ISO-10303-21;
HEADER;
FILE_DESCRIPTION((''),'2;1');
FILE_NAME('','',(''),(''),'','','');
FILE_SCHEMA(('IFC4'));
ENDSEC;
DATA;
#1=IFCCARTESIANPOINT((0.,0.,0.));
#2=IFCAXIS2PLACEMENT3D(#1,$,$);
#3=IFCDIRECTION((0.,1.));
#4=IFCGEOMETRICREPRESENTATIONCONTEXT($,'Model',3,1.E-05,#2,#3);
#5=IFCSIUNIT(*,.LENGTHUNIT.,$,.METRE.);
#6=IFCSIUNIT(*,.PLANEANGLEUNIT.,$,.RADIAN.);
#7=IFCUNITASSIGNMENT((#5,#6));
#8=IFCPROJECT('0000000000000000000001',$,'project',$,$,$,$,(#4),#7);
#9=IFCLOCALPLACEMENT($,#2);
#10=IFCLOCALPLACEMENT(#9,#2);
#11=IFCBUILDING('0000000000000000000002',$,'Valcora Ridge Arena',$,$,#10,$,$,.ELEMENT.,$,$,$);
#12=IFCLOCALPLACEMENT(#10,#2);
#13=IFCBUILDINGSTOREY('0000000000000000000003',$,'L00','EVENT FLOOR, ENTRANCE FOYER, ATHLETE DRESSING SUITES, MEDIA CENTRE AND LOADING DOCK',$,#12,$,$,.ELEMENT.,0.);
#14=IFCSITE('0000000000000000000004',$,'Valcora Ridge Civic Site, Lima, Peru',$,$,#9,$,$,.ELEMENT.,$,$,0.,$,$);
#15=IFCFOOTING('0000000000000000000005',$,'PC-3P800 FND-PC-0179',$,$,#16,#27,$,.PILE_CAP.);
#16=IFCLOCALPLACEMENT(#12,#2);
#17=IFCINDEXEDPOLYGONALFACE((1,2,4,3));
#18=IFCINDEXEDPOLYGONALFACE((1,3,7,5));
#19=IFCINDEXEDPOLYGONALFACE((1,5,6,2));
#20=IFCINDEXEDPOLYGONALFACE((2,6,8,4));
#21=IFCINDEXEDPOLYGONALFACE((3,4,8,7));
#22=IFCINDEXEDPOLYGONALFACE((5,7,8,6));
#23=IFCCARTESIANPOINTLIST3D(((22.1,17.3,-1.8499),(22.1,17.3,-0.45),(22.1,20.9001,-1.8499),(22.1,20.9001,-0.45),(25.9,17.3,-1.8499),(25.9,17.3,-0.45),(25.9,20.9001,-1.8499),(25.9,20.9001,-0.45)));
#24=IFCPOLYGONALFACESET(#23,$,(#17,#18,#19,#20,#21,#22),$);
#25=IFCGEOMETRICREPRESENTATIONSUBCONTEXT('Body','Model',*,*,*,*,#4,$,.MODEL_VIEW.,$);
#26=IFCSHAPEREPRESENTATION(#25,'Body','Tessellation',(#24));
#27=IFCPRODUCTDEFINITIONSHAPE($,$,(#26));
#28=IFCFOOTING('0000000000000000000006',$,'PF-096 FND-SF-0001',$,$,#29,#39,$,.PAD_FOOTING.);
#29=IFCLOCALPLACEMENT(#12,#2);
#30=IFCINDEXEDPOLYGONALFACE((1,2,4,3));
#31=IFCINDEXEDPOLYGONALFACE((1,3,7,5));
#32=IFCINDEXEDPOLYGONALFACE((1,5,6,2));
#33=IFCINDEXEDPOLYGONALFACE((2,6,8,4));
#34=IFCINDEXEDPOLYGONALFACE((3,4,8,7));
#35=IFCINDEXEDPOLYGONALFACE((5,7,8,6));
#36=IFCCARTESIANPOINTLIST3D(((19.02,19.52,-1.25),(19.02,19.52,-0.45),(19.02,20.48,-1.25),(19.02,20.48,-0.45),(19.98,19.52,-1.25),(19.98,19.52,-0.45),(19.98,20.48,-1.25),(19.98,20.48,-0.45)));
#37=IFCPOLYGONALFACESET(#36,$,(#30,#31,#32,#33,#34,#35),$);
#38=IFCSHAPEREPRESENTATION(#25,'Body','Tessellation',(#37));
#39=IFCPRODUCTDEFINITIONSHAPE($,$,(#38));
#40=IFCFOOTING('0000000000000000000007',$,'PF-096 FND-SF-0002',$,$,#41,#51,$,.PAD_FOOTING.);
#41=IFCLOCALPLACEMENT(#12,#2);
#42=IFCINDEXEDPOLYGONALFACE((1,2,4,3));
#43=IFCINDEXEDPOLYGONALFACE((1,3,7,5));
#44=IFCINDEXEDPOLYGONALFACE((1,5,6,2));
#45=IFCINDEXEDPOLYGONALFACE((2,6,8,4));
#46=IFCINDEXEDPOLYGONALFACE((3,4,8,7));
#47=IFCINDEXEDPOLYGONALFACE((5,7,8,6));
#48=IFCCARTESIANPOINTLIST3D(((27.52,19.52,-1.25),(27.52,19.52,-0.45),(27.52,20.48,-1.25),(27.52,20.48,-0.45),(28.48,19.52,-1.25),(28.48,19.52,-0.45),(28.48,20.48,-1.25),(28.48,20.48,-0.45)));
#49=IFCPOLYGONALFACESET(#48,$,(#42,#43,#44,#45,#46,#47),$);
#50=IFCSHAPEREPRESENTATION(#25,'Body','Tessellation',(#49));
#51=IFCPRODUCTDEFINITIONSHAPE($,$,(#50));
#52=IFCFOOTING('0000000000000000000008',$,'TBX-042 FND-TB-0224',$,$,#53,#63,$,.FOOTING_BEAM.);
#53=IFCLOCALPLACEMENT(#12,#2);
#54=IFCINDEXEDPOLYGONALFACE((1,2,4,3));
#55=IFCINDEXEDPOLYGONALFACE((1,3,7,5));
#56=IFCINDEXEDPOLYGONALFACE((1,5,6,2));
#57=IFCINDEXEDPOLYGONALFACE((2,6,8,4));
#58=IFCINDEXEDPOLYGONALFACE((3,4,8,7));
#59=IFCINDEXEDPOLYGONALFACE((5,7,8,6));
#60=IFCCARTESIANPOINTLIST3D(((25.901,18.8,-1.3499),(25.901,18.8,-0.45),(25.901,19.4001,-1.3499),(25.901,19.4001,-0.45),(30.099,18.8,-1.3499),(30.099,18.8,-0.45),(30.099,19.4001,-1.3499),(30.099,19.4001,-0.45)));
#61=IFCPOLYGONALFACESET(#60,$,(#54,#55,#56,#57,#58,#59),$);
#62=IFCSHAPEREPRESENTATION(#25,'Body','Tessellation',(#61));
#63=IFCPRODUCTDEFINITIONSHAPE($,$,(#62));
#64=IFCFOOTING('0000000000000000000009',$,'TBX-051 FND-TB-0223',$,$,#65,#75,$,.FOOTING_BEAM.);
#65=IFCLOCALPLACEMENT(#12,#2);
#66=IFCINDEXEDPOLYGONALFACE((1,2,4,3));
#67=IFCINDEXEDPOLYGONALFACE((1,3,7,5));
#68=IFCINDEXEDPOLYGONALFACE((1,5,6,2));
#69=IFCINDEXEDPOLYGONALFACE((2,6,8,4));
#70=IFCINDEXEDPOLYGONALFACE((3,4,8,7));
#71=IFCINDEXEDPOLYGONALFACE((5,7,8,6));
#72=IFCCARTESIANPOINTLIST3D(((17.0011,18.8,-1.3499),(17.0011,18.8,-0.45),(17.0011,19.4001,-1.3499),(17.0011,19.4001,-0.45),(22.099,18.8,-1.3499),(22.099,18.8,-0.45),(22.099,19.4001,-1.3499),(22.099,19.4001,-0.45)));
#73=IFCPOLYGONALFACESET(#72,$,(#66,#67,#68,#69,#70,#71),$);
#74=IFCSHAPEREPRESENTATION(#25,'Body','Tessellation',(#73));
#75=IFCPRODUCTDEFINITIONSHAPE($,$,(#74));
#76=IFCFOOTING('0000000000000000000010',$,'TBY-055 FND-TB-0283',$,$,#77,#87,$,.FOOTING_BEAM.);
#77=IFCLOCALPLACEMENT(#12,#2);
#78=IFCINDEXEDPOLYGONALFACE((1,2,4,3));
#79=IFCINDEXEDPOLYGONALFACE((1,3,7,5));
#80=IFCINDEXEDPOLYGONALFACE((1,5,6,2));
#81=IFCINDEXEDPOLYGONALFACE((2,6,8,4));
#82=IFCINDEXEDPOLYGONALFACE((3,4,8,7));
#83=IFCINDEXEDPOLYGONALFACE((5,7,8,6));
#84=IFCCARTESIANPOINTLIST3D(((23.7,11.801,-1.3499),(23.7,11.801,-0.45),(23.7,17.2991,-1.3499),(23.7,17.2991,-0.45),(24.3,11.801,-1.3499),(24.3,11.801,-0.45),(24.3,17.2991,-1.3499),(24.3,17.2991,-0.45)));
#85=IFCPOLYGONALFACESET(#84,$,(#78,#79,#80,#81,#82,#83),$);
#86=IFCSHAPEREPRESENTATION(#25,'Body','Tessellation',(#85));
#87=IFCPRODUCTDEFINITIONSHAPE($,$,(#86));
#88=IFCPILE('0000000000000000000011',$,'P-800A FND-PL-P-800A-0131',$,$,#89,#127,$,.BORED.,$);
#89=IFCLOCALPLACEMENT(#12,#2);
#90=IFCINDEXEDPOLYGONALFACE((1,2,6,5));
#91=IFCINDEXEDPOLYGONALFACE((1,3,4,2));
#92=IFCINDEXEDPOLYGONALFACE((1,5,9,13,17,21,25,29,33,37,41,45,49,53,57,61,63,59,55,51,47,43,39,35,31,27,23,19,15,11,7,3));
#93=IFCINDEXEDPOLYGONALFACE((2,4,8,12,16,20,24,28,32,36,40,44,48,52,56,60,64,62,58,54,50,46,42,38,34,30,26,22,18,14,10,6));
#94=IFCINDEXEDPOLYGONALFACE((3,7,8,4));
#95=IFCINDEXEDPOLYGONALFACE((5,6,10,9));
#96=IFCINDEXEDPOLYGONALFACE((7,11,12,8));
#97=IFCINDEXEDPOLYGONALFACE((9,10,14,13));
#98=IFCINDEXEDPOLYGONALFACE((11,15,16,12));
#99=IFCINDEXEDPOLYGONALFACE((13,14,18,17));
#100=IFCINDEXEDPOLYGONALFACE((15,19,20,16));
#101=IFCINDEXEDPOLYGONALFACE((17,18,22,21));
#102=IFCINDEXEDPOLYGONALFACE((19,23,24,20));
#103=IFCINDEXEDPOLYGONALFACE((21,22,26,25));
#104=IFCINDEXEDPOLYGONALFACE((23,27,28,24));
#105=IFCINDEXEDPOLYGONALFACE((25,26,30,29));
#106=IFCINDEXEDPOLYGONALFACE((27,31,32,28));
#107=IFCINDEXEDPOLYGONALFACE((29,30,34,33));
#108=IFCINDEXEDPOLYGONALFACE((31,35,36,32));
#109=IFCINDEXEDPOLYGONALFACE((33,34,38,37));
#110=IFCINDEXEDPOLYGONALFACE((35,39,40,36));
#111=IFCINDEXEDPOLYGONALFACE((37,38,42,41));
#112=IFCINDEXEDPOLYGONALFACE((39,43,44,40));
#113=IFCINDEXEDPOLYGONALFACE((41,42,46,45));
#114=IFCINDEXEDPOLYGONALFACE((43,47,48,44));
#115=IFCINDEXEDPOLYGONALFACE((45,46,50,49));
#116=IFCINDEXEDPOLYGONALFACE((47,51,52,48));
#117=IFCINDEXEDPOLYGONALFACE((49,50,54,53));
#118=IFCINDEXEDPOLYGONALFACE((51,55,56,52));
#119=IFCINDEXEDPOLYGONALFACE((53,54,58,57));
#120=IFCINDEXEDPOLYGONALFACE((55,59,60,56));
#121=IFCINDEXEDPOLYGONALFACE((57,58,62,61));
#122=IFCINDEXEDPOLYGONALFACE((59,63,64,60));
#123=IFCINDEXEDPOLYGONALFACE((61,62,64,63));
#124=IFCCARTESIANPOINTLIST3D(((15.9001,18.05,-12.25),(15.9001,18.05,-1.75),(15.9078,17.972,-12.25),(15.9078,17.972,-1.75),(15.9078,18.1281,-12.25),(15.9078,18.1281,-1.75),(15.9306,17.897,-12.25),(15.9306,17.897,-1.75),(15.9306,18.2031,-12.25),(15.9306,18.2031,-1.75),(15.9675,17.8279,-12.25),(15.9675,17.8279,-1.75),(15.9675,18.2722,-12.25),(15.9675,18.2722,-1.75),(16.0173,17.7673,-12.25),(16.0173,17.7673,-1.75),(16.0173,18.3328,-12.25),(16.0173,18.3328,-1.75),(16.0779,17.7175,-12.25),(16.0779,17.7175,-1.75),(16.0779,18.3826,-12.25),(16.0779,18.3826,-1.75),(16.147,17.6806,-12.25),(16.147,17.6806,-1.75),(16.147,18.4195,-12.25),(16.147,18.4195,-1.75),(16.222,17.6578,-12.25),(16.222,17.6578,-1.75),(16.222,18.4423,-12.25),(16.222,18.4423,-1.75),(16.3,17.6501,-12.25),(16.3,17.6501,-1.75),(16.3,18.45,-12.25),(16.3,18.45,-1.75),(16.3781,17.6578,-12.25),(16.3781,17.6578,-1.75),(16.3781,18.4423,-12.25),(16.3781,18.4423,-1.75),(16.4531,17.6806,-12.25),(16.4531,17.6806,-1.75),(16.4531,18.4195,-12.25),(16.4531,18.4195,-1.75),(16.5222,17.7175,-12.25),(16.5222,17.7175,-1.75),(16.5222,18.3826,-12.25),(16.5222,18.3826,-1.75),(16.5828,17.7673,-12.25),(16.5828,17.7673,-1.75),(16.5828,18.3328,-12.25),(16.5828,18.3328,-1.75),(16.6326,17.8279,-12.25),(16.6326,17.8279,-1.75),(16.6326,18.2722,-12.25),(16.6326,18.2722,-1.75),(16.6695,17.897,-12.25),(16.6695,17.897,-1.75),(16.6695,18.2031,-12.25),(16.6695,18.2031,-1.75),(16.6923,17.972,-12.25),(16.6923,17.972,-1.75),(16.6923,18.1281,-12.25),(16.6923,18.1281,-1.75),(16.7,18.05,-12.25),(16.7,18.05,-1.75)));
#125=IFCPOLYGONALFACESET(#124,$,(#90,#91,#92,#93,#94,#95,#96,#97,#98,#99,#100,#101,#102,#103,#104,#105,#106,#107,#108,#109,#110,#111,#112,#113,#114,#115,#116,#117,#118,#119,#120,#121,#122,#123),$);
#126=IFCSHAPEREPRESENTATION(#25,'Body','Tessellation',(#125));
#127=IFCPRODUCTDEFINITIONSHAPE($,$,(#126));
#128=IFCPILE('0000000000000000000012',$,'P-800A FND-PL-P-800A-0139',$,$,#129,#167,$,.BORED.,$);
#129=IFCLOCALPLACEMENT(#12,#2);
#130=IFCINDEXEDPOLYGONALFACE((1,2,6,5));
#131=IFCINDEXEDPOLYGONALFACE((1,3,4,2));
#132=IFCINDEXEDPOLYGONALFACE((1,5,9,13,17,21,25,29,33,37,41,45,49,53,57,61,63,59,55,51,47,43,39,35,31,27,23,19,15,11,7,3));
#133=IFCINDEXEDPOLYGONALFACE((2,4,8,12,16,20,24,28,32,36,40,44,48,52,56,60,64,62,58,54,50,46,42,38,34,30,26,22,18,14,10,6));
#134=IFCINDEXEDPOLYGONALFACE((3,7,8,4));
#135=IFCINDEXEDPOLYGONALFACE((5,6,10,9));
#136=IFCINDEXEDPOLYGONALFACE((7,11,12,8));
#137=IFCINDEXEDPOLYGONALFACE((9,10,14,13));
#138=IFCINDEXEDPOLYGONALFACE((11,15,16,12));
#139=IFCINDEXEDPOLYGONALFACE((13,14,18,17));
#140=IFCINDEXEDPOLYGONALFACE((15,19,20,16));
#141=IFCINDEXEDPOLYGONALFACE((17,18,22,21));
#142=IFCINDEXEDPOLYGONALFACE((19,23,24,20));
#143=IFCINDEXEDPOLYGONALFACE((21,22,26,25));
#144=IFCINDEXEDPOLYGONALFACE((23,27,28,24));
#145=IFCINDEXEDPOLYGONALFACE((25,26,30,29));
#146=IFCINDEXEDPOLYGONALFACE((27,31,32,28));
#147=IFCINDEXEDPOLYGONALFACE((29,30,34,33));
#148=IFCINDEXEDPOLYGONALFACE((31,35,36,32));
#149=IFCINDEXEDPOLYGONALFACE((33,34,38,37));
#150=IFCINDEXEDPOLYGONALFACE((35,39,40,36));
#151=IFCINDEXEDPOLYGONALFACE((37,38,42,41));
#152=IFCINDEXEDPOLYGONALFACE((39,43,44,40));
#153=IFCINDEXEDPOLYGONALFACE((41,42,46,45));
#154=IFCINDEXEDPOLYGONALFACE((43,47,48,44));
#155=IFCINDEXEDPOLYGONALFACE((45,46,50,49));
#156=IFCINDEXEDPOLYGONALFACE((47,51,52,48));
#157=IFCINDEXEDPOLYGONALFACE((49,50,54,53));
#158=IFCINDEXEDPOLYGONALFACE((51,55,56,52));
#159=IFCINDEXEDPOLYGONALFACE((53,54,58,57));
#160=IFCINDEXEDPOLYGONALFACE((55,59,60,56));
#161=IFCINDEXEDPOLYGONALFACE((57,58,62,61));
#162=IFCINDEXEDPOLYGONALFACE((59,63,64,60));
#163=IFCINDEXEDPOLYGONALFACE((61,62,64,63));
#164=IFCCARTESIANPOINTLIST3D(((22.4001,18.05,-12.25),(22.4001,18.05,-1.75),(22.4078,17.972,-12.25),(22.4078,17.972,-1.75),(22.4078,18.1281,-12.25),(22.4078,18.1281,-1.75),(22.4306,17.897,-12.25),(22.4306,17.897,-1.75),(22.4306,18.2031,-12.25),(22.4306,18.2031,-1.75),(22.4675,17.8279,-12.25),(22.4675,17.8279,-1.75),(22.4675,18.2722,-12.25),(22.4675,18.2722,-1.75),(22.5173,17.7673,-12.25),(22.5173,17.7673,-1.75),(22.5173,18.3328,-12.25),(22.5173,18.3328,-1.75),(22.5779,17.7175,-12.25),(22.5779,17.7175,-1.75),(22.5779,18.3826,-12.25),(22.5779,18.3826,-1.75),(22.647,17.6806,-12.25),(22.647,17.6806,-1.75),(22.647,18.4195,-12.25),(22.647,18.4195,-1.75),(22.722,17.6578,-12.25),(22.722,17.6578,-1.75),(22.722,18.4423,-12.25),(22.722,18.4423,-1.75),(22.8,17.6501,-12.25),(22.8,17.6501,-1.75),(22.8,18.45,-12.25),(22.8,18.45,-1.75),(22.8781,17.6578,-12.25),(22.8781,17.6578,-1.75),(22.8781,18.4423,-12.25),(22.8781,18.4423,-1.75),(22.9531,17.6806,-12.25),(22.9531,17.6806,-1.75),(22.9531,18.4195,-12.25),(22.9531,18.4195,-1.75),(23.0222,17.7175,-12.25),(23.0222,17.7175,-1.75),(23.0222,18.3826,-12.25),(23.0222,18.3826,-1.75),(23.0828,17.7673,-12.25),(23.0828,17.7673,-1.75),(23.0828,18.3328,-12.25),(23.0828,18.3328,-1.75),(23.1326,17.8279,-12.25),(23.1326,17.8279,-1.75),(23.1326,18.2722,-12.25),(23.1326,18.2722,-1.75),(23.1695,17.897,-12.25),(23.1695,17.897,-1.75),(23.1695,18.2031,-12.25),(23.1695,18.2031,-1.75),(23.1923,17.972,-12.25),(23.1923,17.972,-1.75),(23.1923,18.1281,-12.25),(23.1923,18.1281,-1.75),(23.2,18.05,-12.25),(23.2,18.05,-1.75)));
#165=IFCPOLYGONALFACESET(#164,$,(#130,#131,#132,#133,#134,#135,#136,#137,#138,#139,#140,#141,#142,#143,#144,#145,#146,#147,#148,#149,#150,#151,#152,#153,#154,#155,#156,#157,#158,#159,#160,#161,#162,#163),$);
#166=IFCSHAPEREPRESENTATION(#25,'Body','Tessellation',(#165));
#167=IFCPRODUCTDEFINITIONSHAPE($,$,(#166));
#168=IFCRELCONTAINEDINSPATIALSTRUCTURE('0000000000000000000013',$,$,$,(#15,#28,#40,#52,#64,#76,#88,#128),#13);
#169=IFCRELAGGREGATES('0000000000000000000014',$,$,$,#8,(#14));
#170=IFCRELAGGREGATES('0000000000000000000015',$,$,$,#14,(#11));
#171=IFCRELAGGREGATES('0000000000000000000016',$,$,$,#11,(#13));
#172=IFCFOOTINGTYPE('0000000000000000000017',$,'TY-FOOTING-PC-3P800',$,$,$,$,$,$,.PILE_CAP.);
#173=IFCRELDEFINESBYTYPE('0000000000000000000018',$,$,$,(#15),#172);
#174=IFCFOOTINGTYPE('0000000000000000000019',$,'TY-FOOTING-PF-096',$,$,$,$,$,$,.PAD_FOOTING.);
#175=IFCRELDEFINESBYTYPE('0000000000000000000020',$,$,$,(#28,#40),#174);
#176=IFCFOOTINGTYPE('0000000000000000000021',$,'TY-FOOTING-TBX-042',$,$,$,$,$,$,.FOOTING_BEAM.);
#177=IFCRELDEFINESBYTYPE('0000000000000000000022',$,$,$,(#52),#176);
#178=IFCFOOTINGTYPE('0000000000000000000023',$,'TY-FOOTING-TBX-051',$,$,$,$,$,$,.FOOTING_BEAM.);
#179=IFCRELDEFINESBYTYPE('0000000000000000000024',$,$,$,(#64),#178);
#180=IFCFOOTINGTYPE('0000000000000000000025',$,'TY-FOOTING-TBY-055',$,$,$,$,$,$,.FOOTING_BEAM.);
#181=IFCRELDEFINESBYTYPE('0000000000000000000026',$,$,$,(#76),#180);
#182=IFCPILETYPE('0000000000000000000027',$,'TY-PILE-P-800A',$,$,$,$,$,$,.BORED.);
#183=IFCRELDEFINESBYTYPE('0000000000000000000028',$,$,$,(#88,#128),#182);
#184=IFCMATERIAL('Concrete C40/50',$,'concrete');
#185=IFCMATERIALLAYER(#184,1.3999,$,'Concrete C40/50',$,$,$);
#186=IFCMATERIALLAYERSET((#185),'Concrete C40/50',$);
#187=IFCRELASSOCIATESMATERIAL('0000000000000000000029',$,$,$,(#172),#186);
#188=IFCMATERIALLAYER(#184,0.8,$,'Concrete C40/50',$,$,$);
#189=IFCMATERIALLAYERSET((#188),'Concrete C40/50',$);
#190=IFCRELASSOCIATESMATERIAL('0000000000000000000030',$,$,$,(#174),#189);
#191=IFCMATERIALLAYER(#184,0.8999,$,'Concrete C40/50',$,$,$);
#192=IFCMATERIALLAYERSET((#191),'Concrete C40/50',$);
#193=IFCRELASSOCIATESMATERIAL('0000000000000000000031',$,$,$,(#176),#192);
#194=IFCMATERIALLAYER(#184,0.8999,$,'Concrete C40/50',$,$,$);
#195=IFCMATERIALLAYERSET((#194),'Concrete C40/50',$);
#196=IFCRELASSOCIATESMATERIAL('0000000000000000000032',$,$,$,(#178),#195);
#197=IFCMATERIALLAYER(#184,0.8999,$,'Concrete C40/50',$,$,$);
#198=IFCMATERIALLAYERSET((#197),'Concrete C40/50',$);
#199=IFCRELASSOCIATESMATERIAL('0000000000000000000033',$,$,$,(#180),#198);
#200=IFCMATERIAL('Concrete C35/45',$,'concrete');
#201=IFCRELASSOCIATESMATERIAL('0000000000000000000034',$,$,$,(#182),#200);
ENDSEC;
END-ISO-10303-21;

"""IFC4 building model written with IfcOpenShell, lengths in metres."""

from ifc_helpers import new_model, si_unit, direction, frame, origin, origin_2d, place, context, subcontext, project, spatial, rectangle, circle, extrude, material, layer, layer_set, material_profile, profile_set, type_object, element, save


model = new_model("IFC4")

# Units and contexts
model_context = context("Model", 3, precision=1e-05, world=origin(), true_north=direction((0.0, 1.0)))
body_context = subcontext(model_context, "Body", "Model", "MODEL_VIEW")
ifc_project = project(units=[si_unit("LENGTHUNIT", "METRE"), si_unit("PLANEANGLEUNIT", "RADIAN")], contexts=[model_context])

# Site, building, storey
site_placement = place(None, origin())
site = spatial("IfcSite", under=ifc_project, at=site_placement, Name="Valcora Ridge Civic Site, Lima, Peru", CompositionType="ELEMENT", RefElevation=0.0)
building_placement = place(site_placement, origin())
building = spatial("IfcBuilding", under=site, at=building_placement, Name="Valcora Ridge Arena", CompositionType="ELEMENT")
storey_placement = place(building_placement, origin())
storey = spatial("IfcBuildingStorey", under=building, at=storey_placement, Name="L00", Description="EVENT FLOOR, ENTRANCE FOYER, ATHLETE DRESSING SUITES, MEDIA CENTRE AND LOADING DOCK", CompositionType="ELEMENT", Elevation=0.0)

# Footings
ifc_material_1 = material(Name="Concrete C40/50", Category="concrete")
ifc_layer_1 = layer(ifc_material_1, 1.3999, Name="Concrete C40/50")
ifc_layer_set_1 = layer_set([ifc_layer_1], Name="Concrete C40/50")
footing_type_1 = type_object("IfcFootingType", Name="TY-FOOTING-PC-3P800", PredefinedType="PILE_CAP", material=ifc_layer_set_1)
footing_1_placement = place(storey_placement, frame((24.0, 19.1001, -1.8499), z_axis=(0.0, 0.0, 1.0), x_axis=(1.0, 0.0, 0.0)))
element("IfcFooting", 1, at=footing_1_placement, inside=storey, type_object=footing_type_1, Name="PC-3P800 FND-PC-0179", PredefinedType="PILE_CAP", context=body_context, shape_type="SweptSolid", body=[
    extrude(rectangle(XDim=3.8, YDim=3.6001, at=origin_2d()), origin(), (0.0, 0.0, 1.0), 1.3999),
])
ifc_layer_2 = layer(ifc_material_1, 0.8, Name="Concrete C40/50")
ifc_layer_set_2 = layer_set([ifc_layer_2], Name="Concrete C40/50")
footing_type_2 = type_object("IfcFootingType", Name="TY-FOOTING-PF-096", PredefinedType="PAD_FOOTING", material=ifc_layer_set_2)
for number, where, z_axis, x_axis, name in (
    (2, (19.5, 20.0, -1.25), (0.0, 0.0, 1.0), (1.0, 0.0, 0.0), "PF-096 FND-SF-0001"),
    (3, (28.0, 20.0, -1.25), (0.0, 0.0, 1.0), (1.0, 0.0, 0.0), "PF-096 FND-SF-0002"),
):
    element("IfcFooting", number, at=place(storey_placement, frame(where, z_axis=z_axis, x_axis=x_axis)), inside=storey, type_object=footing_type_2, Name=name, PredefinedType="PAD_FOOTING", context=body_context, shape_type="SweptSolid", body=[
        extrude(rectangle(XDim=0.96, YDim=0.96, at=origin_2d()), origin(), (0.0, 0.0, 1.0), 0.8),
    ])
ifc_layer_3 = layer(ifc_material_1, 0.8999, Name="Concrete C40/50")
ifc_layer_set_3 = layer_set([ifc_layer_3], Name="Concrete C40/50")
footing_type_3 = type_object("IfcFootingType", Name="TY-FOOTING-TBX-042", PredefinedType="FOOTING_BEAM", material=ifc_layer_set_3)
footing_2_placement = place(storey_placement, frame((28.0, 19.1001, -1.3499), z_axis=(0.0, 0.0, 1.0), x_axis=(1.0, 0.0, 0.0)))
element("IfcFooting", 4, at=footing_2_placement, inside=storey, type_object=footing_type_3, Name="TBX-042 FND-TB-0224", PredefinedType="FOOTING_BEAM", context=body_context, shape_type="SweptSolid", body=[
    extrude(rectangle(XDim=4.198, YDim=0.6001, at=origin_2d()), origin(), (0.0, 0.0, 1.0), 0.8999),
])
ifc_layer_4 = layer(ifc_material_1, 0.8999, Name="Concrete C40/50")
ifc_layer_set_4 = layer_set([ifc_layer_4], Name="Concrete C40/50")
footing_type_4 = type_object("IfcFootingType", Name="TY-FOOTING-TBX-051", PredefinedType="FOOTING_BEAM", material=ifc_layer_set_4)
footing_3_placement = place(storey_placement, frame((19.55, 19.1001, -1.3499), z_axis=(0.0, 0.0, 1.0), x_axis=(1.0, 0.0, 0.0)))
element("IfcFooting", 5, at=footing_3_placement, inside=storey, type_object=footing_type_4, Name="TBX-051 FND-TB-0223", PredefinedType="FOOTING_BEAM", context=body_context, shape_type="SweptSolid", body=[
    extrude(rectangle(XDim=5.0979, YDim=0.6001, at=origin_2d()), origin(), (0.0, 0.0, 1.0), 0.8999),
])
ifc_layer_5 = layer(ifc_material_1, 0.8999, Name="Concrete C40/50")
ifc_layer_set_5 = layer_set([ifc_layer_5], Name="Concrete C40/50")
footing_type_5 = type_object("IfcFootingType", Name="TY-FOOTING-TBY-055", PredefinedType="FOOTING_BEAM", material=ifc_layer_set_5)
footing_4_placement = place(storey_placement, frame((24.0, 14.55, -1.3499), z_axis=(0.0, 0.0, 1.0), x_axis=(1.0, 0.0, 0.0)))
element("IfcFooting", 6, at=footing_4_placement, inside=storey, type_object=footing_type_5, Name="TBY-055 FND-TB-0283", PredefinedType="FOOTING_BEAM", context=body_context, shape_type="SweptSolid", body=[
    extrude(rectangle(XDim=0.6001, YDim=5.498, at=origin_2d()), origin(), (0.0, 0.0, 1.0), 0.8999),
])

# Piles
ifc_material_2 = material(Name="Concrete C35/45", Category="concrete")
ifc_material_profile_1 = material_profile(ifc_material_2, circle(Radius=0.3999, at=origin_2d()), Name="BORED PILE D800")
ifc_profile_set_1 = profile_set([ifc_material_profile_1], Name="Concrete C35/45")
pile_type = type_object("IfcPileType", Name="TY-PILE-P-800A", PredefinedType="BORED", material=ifc_profile_set_1)
for number, where, z_axis, x_axis, name in (
    (7, (16.3, 18.05, -1.75), (0.0, 0.0, -1.0), (1.0, 0.0, 0.0), "P-800A FND-PL-P-800A-0131"),
    (8, (22.8, 18.05, -1.75), (0.0, 0.0, -1.0), (1.0, 0.0, 0.0), "P-800A FND-PL-P-800A-0139"),
):
    element("IfcPile", number, at=place(storey_placement, frame(where, z_axis=z_axis, x_axis=x_axis)), inside=storey, type_object=pile_type, Name=name, PredefinedType="BORED", context=body_context, shape_type="SweptSolid", body=[
        extrude(circle(Radius=0.3999, at=origin_2d()), origin(), (0.0, 0.0, 1.0), 10.5),
    ])

save(model, "model.ifc")
